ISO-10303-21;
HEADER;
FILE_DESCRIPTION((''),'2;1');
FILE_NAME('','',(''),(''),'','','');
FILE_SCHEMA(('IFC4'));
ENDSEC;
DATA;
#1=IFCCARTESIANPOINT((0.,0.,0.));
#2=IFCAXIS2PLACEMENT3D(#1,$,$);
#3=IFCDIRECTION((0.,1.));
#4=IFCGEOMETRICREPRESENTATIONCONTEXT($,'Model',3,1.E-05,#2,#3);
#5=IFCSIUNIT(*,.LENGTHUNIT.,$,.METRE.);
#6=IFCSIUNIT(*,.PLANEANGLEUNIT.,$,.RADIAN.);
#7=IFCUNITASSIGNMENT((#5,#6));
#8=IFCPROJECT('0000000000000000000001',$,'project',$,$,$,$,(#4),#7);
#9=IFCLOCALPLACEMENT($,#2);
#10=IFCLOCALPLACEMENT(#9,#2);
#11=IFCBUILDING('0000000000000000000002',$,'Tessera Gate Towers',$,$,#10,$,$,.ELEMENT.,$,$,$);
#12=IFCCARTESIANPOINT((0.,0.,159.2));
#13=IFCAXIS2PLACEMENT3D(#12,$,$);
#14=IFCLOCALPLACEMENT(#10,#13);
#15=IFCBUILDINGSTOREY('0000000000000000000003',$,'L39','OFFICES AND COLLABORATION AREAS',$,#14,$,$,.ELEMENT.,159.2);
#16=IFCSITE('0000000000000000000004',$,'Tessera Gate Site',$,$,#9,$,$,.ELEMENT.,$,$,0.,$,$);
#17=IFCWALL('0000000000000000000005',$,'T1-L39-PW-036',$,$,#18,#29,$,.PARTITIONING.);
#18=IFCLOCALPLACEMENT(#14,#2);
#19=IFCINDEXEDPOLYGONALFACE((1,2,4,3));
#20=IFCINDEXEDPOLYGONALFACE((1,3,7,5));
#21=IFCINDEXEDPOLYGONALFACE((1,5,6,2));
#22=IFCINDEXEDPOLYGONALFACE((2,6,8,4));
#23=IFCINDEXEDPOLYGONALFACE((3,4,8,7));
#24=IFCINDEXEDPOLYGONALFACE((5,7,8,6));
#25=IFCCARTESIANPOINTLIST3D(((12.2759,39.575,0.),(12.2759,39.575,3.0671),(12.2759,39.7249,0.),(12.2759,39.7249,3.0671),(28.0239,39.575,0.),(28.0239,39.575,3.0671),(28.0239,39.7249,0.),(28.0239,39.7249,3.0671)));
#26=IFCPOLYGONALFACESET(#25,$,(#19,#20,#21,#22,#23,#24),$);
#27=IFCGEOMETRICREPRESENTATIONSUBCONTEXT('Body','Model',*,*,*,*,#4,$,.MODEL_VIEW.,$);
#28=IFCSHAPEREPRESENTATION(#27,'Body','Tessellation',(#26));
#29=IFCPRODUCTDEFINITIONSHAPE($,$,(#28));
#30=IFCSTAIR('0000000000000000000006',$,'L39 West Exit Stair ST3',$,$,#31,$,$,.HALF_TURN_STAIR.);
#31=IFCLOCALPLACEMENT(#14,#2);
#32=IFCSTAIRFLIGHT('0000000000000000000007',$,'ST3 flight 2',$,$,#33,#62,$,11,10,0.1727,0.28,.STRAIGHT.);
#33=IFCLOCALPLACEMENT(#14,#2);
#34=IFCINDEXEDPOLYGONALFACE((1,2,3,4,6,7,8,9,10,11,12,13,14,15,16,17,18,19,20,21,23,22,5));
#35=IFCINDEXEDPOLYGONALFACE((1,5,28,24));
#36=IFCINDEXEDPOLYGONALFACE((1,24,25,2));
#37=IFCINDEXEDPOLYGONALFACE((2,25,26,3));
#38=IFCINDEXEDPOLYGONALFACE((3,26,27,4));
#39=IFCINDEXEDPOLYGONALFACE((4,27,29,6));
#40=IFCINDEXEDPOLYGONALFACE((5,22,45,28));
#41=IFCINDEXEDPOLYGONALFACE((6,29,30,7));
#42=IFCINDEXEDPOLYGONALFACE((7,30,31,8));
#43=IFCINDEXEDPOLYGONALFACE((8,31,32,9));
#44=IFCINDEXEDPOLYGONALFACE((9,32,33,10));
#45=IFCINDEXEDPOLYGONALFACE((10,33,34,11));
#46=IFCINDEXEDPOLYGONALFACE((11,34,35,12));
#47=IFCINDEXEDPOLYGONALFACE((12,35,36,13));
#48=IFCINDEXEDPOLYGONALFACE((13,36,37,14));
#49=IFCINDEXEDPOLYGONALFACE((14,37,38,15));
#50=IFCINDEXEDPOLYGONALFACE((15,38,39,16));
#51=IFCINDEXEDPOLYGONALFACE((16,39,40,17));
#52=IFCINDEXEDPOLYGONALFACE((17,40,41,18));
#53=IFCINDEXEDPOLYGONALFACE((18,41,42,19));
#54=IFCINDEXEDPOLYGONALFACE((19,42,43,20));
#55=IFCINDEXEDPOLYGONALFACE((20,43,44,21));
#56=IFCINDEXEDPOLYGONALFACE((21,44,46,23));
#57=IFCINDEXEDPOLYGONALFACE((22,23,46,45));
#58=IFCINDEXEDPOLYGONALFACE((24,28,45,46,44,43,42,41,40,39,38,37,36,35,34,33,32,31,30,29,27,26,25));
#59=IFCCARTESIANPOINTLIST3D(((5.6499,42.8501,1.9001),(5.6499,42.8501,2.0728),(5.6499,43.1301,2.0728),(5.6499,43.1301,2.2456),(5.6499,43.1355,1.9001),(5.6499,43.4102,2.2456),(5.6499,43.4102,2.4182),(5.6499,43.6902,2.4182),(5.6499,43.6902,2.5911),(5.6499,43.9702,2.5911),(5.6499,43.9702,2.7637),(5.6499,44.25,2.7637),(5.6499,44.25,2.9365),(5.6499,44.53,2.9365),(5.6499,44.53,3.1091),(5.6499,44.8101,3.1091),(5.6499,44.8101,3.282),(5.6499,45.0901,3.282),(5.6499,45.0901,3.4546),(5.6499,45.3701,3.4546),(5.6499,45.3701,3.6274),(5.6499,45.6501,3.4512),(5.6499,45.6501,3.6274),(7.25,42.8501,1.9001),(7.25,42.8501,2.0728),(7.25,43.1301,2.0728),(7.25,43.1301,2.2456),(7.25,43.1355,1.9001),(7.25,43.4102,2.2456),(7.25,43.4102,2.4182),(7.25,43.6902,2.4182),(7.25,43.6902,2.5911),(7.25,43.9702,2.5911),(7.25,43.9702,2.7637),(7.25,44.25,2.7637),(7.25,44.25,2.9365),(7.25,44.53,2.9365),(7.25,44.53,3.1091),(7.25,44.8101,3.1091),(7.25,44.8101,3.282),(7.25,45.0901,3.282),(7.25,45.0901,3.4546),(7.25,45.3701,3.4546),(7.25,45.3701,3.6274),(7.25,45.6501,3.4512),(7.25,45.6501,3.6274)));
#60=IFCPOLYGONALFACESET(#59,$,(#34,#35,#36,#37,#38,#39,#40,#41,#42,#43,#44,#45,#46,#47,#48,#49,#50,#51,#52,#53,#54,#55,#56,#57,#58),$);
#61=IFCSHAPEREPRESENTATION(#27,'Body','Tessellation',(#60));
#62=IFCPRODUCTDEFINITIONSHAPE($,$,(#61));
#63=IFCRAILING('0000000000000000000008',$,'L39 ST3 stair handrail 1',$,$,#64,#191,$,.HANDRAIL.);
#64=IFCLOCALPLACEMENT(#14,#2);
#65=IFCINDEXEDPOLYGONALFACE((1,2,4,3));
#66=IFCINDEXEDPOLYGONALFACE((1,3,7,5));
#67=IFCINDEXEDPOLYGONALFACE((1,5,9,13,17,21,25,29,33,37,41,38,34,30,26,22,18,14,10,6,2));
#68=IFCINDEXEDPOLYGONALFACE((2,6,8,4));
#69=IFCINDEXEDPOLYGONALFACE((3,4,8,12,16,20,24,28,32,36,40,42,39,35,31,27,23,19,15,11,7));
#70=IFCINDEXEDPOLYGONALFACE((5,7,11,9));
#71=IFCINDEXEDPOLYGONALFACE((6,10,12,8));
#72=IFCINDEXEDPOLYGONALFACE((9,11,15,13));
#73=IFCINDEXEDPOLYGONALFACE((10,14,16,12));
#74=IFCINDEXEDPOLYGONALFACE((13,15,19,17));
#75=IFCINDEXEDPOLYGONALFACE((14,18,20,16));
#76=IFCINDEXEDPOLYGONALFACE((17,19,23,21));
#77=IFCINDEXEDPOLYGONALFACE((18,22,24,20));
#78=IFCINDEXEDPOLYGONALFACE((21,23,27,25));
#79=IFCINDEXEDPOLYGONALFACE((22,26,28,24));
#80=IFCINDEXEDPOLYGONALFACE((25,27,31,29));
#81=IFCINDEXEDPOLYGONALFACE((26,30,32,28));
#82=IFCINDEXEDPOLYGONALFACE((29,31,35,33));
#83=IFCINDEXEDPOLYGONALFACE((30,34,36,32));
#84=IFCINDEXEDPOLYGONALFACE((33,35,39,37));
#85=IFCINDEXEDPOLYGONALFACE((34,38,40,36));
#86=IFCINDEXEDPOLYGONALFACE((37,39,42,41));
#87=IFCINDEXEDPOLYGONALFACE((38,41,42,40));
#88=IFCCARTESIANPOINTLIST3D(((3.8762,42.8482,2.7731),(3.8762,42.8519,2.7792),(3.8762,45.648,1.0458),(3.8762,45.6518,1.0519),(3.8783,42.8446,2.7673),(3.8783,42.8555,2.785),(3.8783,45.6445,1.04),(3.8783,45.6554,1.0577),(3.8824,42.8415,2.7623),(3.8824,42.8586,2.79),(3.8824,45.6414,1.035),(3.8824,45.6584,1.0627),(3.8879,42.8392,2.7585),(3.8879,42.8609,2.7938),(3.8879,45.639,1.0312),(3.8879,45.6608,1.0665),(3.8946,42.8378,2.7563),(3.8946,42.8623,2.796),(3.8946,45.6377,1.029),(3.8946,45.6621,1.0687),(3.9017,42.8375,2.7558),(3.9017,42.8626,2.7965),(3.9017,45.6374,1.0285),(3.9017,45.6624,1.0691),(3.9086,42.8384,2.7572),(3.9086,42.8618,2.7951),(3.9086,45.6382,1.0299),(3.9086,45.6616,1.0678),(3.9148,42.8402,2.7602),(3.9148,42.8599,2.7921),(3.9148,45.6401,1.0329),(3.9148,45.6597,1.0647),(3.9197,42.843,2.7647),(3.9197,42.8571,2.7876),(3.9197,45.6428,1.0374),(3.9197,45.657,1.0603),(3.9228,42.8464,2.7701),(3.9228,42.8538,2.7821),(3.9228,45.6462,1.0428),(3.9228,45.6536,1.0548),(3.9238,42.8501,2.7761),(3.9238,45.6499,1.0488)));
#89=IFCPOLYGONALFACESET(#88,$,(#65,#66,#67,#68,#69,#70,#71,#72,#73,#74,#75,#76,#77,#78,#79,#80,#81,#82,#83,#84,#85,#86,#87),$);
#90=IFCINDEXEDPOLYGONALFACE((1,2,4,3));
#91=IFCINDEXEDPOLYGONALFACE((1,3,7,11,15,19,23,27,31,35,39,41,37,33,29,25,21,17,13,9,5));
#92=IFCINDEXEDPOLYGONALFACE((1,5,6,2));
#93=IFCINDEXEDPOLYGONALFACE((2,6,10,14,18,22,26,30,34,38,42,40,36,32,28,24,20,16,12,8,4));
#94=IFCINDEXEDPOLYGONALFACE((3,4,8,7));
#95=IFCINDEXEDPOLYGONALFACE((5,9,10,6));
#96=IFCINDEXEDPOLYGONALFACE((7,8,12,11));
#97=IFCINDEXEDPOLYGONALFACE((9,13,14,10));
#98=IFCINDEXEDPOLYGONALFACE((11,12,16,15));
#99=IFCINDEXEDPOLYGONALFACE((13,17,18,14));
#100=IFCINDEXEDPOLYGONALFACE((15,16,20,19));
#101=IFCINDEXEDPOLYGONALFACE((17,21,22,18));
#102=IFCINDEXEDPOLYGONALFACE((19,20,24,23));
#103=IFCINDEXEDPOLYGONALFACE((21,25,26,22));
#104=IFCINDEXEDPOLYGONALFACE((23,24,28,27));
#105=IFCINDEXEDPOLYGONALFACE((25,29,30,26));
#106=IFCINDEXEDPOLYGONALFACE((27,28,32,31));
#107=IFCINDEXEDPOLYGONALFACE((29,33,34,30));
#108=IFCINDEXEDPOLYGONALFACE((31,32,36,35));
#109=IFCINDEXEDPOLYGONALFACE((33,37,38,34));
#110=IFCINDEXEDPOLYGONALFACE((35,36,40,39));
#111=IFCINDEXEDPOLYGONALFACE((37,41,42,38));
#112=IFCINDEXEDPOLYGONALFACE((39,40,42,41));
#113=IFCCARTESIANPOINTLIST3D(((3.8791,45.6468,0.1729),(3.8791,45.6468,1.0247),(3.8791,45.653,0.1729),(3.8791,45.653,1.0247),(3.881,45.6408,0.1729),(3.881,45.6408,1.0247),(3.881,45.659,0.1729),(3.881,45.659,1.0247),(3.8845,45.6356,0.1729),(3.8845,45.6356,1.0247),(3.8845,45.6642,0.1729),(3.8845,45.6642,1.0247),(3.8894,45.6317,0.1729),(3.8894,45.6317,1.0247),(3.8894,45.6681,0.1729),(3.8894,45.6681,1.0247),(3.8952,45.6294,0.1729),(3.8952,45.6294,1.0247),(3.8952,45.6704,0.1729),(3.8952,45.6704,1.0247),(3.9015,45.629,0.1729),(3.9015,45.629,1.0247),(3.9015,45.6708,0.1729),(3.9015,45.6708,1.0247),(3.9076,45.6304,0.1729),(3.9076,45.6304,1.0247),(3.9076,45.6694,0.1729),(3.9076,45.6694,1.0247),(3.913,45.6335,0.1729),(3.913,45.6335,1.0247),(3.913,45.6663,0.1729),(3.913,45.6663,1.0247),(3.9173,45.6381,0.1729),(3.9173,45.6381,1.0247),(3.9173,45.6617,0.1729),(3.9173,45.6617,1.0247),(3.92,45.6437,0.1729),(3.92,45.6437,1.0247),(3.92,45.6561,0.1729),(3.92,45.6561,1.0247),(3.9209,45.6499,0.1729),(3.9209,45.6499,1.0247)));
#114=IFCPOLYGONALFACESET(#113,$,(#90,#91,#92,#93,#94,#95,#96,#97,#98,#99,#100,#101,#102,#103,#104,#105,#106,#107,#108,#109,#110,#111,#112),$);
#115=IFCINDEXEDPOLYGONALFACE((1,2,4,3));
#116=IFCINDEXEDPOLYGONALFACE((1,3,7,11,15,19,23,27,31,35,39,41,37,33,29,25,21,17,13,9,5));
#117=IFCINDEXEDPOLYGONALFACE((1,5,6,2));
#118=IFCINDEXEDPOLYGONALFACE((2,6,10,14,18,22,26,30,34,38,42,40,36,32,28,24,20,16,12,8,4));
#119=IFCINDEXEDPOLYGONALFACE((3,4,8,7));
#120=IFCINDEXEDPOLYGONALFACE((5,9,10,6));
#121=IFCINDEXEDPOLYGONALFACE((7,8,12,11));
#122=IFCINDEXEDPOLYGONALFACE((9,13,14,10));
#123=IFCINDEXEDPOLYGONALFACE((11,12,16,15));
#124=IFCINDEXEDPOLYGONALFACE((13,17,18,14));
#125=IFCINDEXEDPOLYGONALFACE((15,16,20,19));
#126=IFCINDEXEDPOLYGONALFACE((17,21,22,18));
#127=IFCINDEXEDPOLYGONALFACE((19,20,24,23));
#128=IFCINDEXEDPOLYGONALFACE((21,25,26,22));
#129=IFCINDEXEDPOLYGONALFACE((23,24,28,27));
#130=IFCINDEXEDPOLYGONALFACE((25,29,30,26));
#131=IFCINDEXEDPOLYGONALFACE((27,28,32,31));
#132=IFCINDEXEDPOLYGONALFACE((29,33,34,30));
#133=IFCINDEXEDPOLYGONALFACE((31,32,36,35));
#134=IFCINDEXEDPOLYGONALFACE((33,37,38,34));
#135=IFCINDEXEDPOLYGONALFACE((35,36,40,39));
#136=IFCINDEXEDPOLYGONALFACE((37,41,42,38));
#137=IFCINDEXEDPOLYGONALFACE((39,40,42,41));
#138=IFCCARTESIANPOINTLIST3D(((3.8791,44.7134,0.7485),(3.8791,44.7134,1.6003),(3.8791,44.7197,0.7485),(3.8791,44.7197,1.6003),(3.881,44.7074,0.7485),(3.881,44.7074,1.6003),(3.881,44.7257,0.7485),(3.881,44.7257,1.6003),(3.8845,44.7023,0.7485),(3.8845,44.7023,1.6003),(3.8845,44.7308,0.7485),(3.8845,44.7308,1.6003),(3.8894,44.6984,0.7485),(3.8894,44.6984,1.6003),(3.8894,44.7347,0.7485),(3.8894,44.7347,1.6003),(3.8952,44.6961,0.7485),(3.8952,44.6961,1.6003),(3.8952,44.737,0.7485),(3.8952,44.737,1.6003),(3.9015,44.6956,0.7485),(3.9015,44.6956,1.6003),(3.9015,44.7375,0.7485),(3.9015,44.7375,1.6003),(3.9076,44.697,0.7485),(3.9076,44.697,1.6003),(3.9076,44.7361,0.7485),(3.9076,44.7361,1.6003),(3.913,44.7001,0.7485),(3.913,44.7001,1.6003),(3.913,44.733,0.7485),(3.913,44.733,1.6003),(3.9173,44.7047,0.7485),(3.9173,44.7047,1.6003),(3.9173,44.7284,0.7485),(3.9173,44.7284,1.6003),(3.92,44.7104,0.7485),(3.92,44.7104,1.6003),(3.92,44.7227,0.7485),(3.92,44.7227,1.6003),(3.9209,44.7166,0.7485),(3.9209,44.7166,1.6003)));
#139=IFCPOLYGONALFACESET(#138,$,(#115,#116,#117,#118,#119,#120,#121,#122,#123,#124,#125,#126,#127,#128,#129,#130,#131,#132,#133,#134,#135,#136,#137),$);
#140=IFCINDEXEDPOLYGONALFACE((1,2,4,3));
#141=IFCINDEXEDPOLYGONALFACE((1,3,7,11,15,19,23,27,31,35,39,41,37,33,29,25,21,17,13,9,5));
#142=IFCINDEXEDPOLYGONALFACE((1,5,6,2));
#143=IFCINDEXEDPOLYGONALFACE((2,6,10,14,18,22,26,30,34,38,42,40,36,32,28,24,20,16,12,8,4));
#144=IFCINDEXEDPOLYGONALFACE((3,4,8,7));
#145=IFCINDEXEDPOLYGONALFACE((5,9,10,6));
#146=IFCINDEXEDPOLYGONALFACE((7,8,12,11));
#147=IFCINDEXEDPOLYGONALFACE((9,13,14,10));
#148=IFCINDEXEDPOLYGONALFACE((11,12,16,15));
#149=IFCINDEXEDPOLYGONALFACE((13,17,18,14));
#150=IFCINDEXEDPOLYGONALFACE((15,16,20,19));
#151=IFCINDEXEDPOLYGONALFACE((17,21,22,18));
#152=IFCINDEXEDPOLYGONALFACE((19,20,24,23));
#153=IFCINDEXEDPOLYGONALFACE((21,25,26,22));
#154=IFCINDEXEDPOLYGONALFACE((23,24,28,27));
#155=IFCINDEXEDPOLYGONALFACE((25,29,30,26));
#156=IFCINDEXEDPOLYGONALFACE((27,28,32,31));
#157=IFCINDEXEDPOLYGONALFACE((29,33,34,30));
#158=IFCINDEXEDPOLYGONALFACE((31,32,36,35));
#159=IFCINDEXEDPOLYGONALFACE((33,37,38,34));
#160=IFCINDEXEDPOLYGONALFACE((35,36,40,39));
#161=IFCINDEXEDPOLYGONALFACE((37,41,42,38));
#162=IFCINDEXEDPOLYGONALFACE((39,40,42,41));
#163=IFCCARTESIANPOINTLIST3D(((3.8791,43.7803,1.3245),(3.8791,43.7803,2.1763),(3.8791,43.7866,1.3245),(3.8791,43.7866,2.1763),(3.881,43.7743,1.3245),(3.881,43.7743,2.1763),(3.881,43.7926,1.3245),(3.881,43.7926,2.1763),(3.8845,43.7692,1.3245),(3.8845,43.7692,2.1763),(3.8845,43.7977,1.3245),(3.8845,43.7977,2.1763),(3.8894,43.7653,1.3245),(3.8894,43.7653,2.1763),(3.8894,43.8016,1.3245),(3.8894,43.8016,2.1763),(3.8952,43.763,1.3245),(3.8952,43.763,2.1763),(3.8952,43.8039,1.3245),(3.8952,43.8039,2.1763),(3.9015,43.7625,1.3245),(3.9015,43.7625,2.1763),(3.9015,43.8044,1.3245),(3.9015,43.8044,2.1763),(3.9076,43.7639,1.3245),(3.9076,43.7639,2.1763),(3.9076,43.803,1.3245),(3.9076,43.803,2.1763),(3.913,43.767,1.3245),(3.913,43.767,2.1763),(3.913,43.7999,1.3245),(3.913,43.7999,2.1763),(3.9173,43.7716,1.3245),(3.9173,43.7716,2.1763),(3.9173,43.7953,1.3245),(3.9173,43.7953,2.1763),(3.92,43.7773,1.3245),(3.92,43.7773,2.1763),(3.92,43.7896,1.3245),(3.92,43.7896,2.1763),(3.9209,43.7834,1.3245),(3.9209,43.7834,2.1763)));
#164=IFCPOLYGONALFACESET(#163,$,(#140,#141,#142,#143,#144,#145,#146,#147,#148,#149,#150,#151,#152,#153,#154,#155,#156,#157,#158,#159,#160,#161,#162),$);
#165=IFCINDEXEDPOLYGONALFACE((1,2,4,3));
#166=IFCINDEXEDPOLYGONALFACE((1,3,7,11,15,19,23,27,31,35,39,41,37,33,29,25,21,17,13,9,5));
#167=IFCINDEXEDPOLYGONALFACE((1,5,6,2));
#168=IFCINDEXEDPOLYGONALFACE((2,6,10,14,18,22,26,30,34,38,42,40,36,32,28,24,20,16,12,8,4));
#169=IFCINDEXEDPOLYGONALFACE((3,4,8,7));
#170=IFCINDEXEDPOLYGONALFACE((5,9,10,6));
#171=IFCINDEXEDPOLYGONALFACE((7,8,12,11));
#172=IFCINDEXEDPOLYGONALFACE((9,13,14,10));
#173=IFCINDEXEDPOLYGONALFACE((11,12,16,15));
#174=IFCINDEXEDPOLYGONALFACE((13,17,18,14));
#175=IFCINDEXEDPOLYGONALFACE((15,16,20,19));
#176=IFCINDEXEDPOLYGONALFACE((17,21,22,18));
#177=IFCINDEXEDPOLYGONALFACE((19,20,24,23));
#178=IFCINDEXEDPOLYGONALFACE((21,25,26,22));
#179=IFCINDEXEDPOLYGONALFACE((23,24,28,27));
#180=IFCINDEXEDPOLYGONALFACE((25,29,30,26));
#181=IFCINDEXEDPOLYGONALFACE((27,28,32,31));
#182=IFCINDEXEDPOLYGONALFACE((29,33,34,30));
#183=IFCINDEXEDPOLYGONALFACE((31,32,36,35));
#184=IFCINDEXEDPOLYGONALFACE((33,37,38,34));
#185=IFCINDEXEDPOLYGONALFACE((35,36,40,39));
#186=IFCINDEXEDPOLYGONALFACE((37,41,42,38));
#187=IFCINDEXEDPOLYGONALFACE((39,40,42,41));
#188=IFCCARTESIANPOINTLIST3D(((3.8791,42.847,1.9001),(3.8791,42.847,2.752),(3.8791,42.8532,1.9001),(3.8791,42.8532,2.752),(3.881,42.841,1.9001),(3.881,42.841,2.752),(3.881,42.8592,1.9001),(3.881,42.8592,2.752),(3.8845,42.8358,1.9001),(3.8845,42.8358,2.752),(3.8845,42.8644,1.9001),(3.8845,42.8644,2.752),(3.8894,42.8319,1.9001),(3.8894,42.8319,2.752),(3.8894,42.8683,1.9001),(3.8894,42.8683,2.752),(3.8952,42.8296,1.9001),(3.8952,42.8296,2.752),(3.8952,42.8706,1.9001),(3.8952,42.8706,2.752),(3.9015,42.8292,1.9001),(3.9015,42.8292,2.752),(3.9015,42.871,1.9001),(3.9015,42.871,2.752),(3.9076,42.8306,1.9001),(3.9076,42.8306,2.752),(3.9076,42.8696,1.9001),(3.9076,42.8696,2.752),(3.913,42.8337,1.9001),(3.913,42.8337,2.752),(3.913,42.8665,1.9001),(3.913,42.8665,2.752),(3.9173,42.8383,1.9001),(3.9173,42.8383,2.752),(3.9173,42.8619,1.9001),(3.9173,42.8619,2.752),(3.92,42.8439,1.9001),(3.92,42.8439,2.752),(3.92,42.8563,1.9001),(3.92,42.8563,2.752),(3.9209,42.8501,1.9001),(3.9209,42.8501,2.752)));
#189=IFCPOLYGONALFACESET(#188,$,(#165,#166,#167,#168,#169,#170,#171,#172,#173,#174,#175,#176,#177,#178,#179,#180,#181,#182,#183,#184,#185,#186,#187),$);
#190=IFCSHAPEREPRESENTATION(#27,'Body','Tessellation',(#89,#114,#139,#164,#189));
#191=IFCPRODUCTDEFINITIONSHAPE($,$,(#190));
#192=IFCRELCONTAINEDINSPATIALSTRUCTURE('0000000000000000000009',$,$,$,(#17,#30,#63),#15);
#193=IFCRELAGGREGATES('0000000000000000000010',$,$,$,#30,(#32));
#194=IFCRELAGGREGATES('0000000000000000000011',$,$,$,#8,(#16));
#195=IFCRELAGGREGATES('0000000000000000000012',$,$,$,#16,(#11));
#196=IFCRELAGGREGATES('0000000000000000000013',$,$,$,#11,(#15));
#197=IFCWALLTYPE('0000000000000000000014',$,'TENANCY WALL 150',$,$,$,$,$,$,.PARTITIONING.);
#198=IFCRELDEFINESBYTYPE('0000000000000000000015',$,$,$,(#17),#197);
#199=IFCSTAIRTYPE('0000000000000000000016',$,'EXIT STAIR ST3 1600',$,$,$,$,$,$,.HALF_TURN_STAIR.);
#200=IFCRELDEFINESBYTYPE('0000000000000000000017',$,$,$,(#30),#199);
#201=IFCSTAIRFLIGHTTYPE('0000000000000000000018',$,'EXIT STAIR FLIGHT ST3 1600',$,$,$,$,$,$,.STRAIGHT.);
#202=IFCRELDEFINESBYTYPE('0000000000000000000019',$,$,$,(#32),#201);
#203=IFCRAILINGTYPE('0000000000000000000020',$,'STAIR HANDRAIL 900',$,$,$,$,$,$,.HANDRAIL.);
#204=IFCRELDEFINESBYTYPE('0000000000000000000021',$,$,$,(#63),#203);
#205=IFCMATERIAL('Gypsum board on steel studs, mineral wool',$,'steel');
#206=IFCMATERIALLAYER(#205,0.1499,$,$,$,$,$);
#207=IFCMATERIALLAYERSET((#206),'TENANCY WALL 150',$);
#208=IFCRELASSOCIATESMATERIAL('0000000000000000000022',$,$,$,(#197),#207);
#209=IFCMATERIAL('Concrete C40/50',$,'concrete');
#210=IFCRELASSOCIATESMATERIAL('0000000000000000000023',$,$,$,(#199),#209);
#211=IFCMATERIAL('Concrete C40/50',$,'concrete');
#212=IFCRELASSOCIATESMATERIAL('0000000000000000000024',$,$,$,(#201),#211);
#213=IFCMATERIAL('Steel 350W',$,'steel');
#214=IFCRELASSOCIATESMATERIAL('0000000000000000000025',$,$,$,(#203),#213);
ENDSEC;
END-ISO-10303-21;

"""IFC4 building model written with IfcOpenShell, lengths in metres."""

from ifc_helpers import new_model, si_unit, direction, frame, frame_2d, origin, origin_2d, place, context, subcontext, project, spatial, polyline, rectangle, circle, outline, extrude, material, layer, layer_set, type_object, element, aggregate, save


model = new_model("IFC4")

# Units and contexts
model_context = context("Model", 3, precision=1e-05, world=origin(), true_north=direction((0.0, 1.0)))
body_context = subcontext(model_context, "Body", "Model", "MODEL_VIEW")
ifc_project = project(units=[si_unit("LENGTHUNIT", "METRE"), si_unit("PLANEANGLEUNIT", "RADIAN")], contexts=[model_context])

# Site, building, storey
site_placement = place(None, origin())
site = spatial("IfcSite", under=ifc_project, at=site_placement, Name="Tessera Gate Site", CompositionType="ELEMENT", RefElevation=0.0)
building_placement = place(site_placement, origin())
building = spatial("IfcBuilding", under=site, at=building_placement, Name="Tessera Gate Towers", CompositionType="ELEMENT")
storey_placement = place(building_placement, frame((0.0, 0.0, 159.2)))
storey = spatial("IfcBuildingStorey", under=building, at=storey_placement, Name="L39", Description="OFFICES AND COLLABORATION AREAS", CompositionType="ELEMENT", Elevation=159.2)

# Wall
ifc_material_1 = material(Name="Gypsum board on steel studs, mineral wool", Category="steel")
ifc_layer_1 = layer(ifc_material_1, 0.1499)
ifc_layer_set_1 = layer_set([ifc_layer_1], Name="TENANCY WALL 150")
wall_type_1 = type_object("IfcWallType", Name="TENANCY WALL 150", PredefinedType="PARTITIONING", material=ifc_layer_set_1)
wall_1_placement = place(storey_placement, frame((12.2759, 39.6499, 0.0), z_axis=(0.0, 0.0, 1.0), x_axis=(1.0, 0.0, 0.0)))
element("IfcWall", 1, at=wall_1_placement, inside=storey, type_object=wall_type_1, Name="T1-L39-PW-036", PredefinedType="PARTITIONING", context=body_context, shape_type="SweptSolid", body=[
    extrude(rectangle(XDim=15.748, YDim=0.1499, at=frame_2d((7.874, 0.0))), origin(), (0.0, 0.0, 1.0), 3.0671),
])

# Stair, stair flight
ifc_material_2 = material(Name="Concrete C40/50", Category="concrete")
stair_type = type_object("IfcStairType", Name="EXIT STAIR ST3 1600", PredefinedType="HALF_TURN_STAIR", material=ifc_material_2)
stair_placement = place(storey_placement, origin())
stair = element("IfcStair", 2, at=stair_placement, inside=storey, type_object=stair_type, Name="L39 West Exit Stair ST3", PredefinedType="HALF_TURN_STAIR")
ifc_material_3 = material(Name="Concrete C40/50", Category="concrete")
stair_flight_type = type_object("IfcStairFlightType", Name="EXIT STAIR FLIGHT ST3 1600", PredefinedType="STRAIGHT", material=ifc_material_3)
stair_flight_placement = place(storey_placement, frame((6.45, 42.8501, 1.9001), z_axis=(0.0, 0.0, 1.0), x_axis=(0.0, 1.0, 0.0)))
stair_flight = element("IfcStairFlight", 3, at=stair_flight_placement, type_object=stair_flight_type, Name="ST3 flight 2", NumberOfRisers=11, NumberOfTreads=10, PredefinedType="STRAIGHT", RiserHeight=0.1727, TreadLength=0.28, context=body_context, shape_type="SweptSolid", body=[
    extrude(outline(polyline([(0.0, 0.0), (0.0, 0.1726), (0.28, 0.1726), (0.28, 0.3455), (0.5601, 0.3455), (0.5601, 0.5181), (0.8401, 0.5181), (0.8401, 0.6909), (1.1201, 0.6909), (1.1201, 0.8635), (1.3999, 0.8635), (1.3999, 1.0364), (1.6799, 1.0364), (1.6799, 1.209), (1.96, 1.209), (1.96, 1.3818), (2.24, 1.3818), (2.24, 1.5544), (2.52, 1.5544), (2.52, 1.7273), (2.8, 1.7273), (2.8, 1.8999), (2.8, 1.551), (0.2854, 0.0), (0.0, 0.0)])), frame((0.0, 0.8, 0.0), z_axis=(0.0, -1.0, 0.0), x_axis=(1.0, 0.0, 0.0)), (0.0, 0.0, 1.0), 1.6001),
])
aggregate(stair, [stair_flight])

# Railing
ifc_material_4 = material(Name="Steel 350W", Category="steel")
railing_type = type_object("IfcRailingType", Name="STAIR HANDRAIL 900", PredefinedType="HANDRAIL", material=ifc_material_4)
railing_1_placement = place(storey_placement, frame((3.8999, 45.6499, 0.1729)))
element("IfcRailing", 4, at=railing_1_placement, inside=storey, type_object=railing_type, Name="L39 ST3 stair handrail 1", PredefinedType="HANDRAIL", context=body_context, shape_type="SweptSolid", body=[
    extrude(circle(Radius=0.0239, at=origin_2d()), frame((0.0, 0.0, 0.876), z_axis=(0.0, -0.851069, 0.525054), x_axis=(1.0, 0.0, 0.0)), (0.0, 0.0, 1.0), 3.2898),
    extrude(circle(Radius=0.021, at=origin_2d()), origin(), (0.0, 0.0, 1.0), 0.8518),
    extrude(circle(Radius=0.021, at=origin_2d()), frame((0.0, -0.9333, 0.5757)), (0.0, 0.0, 1.0), 0.8518),
    extrude(circle(Radius=0.021, at=origin_2d()), frame((0.0, -1.8665, 1.1516)), (0.0, 0.0, 1.0), 0.8518),
    extrude(circle(Radius=0.021, at=origin_2d()), frame((0.0, -2.7998, 1.7273)), (0.0, 0.0, 1.0), 0.8518),
])

save(model, "model.ifc")
